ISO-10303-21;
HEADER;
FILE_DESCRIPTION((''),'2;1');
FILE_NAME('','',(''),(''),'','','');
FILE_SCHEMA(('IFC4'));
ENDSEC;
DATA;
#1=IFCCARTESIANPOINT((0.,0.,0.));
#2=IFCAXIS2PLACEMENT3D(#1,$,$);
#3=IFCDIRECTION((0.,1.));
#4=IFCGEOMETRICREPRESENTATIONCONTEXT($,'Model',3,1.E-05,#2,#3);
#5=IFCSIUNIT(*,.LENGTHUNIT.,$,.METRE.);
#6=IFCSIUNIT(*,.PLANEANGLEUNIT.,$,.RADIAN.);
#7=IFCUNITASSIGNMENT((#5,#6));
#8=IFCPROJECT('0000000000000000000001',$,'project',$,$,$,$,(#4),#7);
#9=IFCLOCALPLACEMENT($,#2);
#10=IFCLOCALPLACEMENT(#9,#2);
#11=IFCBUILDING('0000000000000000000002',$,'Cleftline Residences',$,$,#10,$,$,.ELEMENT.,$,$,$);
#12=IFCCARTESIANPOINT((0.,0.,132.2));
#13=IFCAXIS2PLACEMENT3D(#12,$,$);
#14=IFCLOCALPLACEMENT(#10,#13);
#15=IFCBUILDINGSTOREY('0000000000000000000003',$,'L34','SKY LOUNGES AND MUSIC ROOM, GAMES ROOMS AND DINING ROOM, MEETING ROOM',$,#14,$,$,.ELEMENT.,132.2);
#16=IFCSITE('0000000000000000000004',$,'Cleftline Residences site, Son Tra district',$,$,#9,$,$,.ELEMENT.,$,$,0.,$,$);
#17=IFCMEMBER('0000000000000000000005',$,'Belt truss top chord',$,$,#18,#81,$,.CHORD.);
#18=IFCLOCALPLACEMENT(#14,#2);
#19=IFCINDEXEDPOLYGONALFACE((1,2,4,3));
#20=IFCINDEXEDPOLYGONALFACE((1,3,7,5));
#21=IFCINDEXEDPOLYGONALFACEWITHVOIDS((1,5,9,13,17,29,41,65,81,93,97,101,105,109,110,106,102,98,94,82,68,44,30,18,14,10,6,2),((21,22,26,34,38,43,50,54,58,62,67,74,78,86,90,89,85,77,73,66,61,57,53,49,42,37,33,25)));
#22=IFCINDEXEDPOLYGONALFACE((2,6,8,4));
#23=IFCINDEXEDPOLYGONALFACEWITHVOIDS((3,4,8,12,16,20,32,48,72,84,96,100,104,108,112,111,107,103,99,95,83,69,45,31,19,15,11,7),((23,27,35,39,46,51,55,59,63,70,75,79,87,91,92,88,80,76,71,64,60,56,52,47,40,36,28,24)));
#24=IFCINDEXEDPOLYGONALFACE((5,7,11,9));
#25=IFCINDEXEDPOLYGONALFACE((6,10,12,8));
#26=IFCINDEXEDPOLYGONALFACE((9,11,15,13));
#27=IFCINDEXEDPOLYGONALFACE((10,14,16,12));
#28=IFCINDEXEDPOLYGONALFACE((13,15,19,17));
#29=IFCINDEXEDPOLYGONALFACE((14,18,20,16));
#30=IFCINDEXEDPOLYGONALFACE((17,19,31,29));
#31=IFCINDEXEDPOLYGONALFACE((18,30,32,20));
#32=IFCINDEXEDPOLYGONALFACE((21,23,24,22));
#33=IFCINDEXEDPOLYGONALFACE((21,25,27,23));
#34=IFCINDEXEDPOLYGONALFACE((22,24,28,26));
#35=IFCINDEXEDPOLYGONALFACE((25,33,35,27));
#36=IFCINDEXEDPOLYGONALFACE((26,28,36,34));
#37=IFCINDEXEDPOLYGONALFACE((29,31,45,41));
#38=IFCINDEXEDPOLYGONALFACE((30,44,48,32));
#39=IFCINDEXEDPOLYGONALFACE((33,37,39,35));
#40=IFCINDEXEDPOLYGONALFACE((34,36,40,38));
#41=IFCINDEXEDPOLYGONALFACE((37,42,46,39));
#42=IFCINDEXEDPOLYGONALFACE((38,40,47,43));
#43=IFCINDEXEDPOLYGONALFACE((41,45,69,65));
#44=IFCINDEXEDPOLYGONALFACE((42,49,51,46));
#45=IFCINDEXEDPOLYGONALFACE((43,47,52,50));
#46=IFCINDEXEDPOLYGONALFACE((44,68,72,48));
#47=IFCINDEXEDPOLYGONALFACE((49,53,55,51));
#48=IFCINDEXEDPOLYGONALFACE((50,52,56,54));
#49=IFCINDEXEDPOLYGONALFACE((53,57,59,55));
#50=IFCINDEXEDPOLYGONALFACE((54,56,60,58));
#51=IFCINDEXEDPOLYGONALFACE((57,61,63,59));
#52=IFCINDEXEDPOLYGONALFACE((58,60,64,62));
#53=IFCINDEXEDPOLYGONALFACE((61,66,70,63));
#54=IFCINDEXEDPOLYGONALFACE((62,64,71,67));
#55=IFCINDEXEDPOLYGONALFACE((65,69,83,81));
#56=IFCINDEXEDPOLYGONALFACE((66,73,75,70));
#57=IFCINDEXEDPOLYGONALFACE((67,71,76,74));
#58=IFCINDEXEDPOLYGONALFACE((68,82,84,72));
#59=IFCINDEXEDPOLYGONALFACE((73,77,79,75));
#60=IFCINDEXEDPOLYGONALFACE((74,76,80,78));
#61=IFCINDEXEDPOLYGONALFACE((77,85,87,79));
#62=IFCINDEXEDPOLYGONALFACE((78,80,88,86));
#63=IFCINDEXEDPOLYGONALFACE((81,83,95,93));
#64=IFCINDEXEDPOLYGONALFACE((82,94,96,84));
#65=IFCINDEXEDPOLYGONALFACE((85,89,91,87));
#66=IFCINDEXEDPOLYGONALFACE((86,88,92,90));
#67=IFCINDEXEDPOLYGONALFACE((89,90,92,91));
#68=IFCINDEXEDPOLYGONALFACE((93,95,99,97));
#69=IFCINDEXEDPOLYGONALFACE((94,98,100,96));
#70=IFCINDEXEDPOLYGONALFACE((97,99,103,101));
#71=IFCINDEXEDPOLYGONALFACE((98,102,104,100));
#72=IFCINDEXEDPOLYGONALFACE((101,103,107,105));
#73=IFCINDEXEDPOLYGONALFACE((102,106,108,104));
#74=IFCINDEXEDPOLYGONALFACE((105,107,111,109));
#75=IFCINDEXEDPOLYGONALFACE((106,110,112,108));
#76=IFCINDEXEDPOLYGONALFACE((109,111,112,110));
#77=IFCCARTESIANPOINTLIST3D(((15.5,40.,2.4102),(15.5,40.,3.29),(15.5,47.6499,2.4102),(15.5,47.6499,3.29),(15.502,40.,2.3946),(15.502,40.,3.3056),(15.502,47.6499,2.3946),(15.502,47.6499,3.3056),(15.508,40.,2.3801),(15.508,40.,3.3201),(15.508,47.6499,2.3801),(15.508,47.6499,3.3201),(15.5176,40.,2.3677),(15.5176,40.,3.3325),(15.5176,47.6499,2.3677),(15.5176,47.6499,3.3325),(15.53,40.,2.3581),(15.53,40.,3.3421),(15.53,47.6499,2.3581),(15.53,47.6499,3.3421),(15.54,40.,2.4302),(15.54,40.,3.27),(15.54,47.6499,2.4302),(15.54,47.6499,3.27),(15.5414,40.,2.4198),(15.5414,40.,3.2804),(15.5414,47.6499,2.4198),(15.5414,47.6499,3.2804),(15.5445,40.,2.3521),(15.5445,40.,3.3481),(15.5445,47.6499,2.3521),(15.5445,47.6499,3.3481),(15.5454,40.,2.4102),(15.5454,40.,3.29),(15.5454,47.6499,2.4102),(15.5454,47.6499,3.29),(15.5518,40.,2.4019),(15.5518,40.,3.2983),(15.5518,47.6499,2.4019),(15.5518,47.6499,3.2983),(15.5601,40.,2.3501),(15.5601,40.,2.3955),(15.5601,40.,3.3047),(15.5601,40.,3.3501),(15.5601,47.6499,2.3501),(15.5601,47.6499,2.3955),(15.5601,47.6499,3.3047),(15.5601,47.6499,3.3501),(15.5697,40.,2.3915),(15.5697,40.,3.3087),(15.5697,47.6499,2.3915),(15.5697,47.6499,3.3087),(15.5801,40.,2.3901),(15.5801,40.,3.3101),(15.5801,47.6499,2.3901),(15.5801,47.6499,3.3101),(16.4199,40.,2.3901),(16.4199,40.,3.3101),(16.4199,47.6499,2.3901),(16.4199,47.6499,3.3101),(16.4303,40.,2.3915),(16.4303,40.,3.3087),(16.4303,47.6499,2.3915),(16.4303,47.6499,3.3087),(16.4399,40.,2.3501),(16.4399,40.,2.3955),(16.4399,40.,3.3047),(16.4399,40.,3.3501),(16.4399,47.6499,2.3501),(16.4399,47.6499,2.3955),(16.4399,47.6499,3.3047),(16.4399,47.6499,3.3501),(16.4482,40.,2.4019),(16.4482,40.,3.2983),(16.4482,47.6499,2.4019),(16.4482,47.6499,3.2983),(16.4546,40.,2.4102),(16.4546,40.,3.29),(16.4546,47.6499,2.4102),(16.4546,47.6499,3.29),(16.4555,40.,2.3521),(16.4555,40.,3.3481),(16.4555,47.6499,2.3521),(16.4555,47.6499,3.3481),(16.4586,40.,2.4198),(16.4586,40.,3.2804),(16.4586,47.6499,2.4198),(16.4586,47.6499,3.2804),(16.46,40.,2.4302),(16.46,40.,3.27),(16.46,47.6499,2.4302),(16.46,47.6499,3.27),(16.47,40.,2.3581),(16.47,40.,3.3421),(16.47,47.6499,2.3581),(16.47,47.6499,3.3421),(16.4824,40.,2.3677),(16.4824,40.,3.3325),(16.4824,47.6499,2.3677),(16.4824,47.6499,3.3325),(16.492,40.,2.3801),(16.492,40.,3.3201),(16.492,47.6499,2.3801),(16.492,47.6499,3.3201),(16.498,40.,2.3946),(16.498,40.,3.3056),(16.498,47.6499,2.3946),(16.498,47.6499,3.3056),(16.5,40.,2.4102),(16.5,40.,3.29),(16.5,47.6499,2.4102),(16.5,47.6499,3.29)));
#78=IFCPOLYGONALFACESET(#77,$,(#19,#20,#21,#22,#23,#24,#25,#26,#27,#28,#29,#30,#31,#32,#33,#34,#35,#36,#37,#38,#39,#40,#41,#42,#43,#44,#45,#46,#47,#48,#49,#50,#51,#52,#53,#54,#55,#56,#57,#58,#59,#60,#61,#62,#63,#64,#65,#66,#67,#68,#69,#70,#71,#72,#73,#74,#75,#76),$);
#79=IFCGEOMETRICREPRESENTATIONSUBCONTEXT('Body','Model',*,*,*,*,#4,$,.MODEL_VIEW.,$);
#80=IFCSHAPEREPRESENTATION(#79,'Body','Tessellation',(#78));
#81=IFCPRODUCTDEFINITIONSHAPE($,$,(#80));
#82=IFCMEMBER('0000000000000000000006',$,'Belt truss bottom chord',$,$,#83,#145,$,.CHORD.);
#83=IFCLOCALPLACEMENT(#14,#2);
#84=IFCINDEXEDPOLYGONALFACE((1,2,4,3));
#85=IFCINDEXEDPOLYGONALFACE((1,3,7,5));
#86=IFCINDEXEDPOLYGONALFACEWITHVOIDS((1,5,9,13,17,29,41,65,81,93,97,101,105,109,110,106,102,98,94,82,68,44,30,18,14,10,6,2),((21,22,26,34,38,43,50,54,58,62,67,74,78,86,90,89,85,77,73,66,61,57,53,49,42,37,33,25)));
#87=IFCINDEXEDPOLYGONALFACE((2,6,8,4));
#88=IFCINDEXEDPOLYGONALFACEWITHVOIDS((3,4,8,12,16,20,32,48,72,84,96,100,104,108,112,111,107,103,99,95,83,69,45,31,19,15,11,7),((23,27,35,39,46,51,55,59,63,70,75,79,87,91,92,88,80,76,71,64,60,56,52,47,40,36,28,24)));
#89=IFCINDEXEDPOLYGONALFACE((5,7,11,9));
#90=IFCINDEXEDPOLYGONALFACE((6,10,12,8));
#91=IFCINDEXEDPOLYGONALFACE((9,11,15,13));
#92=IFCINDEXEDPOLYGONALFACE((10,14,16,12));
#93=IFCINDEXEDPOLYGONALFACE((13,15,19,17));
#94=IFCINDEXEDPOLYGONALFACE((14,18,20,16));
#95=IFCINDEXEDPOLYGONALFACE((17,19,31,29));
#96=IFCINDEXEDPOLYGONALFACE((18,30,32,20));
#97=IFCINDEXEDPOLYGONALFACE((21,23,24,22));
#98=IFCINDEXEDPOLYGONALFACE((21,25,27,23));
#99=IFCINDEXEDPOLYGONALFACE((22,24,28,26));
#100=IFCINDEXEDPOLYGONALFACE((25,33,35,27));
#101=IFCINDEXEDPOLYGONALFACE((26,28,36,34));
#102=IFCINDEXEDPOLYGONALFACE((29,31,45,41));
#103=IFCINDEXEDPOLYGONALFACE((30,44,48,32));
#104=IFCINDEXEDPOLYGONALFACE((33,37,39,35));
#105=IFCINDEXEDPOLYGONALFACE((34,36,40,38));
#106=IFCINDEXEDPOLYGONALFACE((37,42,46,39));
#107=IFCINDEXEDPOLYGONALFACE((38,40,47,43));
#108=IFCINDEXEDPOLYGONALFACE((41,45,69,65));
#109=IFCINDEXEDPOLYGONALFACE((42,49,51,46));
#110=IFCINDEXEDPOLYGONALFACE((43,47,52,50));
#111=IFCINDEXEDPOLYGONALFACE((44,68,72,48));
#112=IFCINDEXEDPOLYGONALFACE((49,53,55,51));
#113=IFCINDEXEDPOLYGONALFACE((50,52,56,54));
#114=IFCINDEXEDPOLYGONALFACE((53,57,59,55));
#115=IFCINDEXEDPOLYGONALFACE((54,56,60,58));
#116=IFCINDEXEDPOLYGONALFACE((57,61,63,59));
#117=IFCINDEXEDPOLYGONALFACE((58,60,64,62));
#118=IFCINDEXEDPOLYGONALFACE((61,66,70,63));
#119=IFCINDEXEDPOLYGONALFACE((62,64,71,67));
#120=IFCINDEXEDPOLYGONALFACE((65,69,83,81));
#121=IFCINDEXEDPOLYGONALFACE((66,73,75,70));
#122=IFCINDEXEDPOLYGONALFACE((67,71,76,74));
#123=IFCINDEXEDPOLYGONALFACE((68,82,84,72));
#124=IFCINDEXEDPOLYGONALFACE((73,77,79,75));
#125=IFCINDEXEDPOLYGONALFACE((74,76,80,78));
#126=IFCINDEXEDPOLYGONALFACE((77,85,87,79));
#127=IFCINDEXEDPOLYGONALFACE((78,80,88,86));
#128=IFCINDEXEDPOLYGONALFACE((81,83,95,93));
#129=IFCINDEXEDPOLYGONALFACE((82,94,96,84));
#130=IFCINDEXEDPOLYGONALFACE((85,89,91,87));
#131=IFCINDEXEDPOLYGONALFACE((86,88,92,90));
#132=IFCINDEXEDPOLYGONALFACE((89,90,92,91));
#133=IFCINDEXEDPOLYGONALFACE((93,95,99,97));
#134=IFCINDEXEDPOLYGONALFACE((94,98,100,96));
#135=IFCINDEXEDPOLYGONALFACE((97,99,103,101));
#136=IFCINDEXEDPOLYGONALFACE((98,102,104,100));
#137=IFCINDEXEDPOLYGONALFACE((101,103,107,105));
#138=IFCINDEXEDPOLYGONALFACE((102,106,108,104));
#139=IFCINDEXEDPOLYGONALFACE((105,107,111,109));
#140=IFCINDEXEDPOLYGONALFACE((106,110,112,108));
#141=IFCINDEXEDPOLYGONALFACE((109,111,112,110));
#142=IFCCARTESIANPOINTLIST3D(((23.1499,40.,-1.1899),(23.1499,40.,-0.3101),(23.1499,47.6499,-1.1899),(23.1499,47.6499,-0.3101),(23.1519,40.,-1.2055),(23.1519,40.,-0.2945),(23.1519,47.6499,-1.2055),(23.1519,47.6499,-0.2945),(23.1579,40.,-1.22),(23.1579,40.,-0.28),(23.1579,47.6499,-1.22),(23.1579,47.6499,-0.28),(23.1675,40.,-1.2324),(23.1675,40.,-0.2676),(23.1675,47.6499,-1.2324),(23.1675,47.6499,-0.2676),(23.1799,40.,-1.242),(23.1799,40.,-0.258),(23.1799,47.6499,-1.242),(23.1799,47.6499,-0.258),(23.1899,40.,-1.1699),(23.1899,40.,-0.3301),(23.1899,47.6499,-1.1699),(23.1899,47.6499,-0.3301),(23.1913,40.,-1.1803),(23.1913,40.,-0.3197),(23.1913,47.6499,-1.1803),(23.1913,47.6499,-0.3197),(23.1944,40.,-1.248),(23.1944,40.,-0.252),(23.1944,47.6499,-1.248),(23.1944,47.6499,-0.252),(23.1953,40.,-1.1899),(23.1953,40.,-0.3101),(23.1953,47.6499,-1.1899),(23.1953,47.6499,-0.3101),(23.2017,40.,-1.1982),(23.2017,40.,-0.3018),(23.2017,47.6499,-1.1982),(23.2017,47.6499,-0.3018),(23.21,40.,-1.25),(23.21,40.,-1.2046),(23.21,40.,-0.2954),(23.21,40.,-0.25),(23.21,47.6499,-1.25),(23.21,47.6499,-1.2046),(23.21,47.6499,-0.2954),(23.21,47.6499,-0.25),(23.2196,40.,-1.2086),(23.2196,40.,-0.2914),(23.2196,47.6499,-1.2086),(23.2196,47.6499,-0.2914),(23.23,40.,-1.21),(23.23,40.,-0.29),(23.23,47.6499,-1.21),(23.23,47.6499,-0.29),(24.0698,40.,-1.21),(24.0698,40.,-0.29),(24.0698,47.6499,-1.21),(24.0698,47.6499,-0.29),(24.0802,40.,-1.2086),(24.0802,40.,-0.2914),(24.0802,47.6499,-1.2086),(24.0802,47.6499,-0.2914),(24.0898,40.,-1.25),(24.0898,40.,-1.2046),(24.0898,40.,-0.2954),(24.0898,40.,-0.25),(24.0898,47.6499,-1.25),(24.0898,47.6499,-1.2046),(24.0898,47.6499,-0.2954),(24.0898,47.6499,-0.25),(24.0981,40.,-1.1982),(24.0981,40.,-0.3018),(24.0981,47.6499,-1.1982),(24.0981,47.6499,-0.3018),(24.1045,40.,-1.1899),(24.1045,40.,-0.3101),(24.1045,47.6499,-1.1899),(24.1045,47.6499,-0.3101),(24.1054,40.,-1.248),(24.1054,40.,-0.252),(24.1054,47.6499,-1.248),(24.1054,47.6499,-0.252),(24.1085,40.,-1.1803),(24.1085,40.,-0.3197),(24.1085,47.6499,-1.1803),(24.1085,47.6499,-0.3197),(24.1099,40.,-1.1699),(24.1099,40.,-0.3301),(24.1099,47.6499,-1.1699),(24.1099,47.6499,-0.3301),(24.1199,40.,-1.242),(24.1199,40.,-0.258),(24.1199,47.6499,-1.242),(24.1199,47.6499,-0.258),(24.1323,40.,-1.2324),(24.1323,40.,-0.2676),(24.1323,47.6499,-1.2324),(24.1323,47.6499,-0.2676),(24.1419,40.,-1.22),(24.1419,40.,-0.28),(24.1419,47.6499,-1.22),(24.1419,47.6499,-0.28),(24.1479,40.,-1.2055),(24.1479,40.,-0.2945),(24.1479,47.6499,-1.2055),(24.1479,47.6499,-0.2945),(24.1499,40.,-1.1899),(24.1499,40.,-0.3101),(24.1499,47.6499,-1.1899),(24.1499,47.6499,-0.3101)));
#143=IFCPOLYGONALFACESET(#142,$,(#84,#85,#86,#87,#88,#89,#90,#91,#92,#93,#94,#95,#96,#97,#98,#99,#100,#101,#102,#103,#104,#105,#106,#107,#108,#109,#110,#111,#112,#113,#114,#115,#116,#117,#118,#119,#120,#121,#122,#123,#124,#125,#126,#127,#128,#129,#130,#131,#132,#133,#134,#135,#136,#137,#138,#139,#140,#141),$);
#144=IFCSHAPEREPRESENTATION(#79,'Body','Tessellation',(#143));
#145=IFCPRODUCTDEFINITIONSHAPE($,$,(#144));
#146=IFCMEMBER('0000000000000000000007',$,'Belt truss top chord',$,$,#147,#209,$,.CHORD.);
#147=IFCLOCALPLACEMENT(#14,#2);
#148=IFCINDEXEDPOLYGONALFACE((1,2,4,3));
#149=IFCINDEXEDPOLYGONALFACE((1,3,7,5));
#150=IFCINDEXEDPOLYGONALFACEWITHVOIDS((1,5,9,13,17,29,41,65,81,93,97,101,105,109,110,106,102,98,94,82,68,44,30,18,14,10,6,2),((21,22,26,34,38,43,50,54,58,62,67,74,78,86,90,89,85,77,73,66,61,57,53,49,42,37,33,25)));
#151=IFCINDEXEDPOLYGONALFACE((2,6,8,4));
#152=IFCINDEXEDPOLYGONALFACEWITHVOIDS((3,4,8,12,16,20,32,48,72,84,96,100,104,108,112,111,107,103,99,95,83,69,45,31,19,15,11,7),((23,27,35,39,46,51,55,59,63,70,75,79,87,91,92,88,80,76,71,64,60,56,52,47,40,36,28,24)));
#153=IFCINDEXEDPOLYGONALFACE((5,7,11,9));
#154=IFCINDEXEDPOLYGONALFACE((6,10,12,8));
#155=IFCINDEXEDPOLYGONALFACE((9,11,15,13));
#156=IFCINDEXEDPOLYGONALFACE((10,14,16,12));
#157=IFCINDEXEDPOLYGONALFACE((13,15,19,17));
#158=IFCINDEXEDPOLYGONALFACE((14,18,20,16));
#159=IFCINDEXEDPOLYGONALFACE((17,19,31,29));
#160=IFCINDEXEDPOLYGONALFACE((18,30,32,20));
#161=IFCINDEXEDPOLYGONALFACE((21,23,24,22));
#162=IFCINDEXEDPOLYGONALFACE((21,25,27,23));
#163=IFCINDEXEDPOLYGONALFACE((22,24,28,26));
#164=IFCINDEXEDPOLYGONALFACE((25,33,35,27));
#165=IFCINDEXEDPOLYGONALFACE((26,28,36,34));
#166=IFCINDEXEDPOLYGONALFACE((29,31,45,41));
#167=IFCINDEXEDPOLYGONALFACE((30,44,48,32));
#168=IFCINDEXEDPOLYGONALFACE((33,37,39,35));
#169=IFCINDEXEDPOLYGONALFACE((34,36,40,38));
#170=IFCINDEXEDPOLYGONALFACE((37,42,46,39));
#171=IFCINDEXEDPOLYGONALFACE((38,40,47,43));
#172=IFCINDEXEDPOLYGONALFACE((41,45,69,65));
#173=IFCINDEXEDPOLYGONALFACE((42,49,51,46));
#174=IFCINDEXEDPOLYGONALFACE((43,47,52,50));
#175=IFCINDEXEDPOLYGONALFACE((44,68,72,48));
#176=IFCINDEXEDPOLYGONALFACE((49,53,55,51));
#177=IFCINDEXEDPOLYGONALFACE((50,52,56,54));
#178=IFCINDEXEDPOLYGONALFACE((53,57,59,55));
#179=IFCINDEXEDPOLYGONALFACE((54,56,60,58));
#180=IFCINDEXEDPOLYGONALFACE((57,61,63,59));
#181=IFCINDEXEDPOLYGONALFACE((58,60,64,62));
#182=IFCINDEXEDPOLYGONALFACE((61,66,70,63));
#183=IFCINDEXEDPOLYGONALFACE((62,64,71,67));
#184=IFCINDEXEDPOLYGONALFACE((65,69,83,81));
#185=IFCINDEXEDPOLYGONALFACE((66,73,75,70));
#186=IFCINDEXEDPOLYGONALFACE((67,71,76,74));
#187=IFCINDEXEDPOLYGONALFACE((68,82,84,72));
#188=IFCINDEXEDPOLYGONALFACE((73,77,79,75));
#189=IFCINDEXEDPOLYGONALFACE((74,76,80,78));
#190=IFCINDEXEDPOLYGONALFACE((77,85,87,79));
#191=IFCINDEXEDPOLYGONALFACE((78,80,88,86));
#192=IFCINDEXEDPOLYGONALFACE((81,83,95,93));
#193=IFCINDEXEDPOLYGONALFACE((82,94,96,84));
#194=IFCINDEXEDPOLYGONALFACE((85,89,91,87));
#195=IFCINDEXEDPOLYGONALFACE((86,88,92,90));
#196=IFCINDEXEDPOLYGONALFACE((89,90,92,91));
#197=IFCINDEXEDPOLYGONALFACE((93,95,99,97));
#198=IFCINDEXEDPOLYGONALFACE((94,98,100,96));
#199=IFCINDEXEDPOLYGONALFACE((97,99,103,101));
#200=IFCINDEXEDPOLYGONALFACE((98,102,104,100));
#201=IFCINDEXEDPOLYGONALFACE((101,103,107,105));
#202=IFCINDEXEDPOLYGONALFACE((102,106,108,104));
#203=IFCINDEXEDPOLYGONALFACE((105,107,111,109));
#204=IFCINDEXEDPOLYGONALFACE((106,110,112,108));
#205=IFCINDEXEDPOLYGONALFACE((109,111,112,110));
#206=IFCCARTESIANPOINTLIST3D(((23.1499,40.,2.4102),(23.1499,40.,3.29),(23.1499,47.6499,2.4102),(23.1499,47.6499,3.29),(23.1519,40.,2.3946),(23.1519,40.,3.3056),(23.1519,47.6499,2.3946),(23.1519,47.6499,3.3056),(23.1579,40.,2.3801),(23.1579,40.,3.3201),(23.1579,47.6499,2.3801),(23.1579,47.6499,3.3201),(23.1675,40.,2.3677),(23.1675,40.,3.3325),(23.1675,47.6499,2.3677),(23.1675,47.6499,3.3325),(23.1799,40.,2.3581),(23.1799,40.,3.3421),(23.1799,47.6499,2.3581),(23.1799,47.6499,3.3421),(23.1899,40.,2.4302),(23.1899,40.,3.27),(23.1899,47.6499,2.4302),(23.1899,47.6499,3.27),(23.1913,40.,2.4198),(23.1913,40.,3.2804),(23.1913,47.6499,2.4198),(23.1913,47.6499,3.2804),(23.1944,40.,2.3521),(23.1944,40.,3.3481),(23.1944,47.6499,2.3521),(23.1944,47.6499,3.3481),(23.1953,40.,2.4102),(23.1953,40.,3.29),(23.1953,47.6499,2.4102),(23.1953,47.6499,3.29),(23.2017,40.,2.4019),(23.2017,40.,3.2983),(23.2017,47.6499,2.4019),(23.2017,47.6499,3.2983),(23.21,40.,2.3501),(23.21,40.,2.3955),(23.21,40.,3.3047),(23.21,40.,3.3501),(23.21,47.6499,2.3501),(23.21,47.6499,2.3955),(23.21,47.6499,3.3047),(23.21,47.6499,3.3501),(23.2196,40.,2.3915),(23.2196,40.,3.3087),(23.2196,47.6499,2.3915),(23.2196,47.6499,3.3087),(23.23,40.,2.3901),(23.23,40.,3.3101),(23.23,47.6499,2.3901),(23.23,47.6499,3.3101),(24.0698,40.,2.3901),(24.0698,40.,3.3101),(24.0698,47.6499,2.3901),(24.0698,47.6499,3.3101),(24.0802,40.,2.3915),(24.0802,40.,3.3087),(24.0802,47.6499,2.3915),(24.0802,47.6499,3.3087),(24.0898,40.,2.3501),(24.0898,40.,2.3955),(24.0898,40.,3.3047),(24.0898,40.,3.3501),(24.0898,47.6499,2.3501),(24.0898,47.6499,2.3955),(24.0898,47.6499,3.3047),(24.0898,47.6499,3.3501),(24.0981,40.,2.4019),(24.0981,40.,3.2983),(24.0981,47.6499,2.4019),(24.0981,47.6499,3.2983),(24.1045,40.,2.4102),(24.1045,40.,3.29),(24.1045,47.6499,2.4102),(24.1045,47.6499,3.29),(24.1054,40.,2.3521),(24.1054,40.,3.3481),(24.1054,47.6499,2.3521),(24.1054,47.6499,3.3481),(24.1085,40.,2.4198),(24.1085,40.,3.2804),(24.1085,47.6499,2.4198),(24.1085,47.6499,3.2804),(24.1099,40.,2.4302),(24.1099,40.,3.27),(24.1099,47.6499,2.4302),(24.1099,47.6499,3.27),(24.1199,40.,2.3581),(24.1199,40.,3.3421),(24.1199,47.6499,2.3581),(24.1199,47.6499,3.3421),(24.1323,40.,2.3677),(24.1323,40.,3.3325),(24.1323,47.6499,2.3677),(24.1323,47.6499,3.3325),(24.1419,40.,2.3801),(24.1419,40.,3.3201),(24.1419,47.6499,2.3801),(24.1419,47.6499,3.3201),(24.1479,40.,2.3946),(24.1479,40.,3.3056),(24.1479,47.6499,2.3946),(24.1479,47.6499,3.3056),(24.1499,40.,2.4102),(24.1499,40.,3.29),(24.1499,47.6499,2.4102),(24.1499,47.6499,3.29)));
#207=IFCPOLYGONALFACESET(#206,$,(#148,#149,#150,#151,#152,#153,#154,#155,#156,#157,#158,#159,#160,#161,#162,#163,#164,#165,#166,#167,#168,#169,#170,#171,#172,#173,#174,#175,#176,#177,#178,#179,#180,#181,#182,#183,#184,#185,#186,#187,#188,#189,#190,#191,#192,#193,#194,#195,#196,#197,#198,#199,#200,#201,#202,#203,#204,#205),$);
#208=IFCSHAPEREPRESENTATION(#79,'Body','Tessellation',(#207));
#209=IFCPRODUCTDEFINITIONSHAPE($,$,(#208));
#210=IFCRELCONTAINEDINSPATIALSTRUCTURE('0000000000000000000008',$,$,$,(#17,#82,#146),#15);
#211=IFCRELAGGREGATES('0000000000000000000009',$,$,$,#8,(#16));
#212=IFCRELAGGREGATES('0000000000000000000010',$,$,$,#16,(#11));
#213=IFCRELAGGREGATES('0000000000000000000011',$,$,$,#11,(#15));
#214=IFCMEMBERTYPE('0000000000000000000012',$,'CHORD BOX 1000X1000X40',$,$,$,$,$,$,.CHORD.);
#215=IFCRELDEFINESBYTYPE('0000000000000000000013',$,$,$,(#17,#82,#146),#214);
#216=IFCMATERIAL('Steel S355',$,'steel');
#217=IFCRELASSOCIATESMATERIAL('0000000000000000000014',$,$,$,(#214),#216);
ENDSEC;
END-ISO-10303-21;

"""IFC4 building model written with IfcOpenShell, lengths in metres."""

from ifc_helpers import new_model, si_unit, direction, frame, origin, origin_2d, place, context, subcontext, project, spatial, hollow_rectangle, extrude, material, material_profile, profile_set, type_object, element, save


model = new_model("IFC4")

# Units and contexts
model_context = context("Model", 3, precision=1e-05, world=origin(), true_north=direction((0.0, 1.0)))
body_context = subcontext(model_context, "Body", "Model", "MODEL_VIEW")
ifc_project = project(units=[si_unit("LENGTHUNIT", "METRE"), si_unit("PLANEANGLEUNIT", "RADIAN")], contexts=[model_context])

# Site, building, storey
site_placement = place(None, origin())
site = spatial("IfcSite", under=ifc_project, at=site_placement, Name="Cleftline Residences site, Son Tra district", CompositionType="ELEMENT", RefElevation=0.0)
building_placement = place(site_placement, origin())
building = spatial("IfcBuilding", under=site, at=building_placement, Name="Cleftline Residences", CompositionType="ELEMENT")
storey_placement = place(building_placement, frame((0.0, 0.0, 132.2)))
storey = spatial("IfcBuildingStorey", under=building, at=storey_placement, Name="L34", Description="SKY LOUNGES AND MUSIC ROOM, GAMES ROOMS AND DINING ROOM, MEETING ROOM", CompositionType="ELEMENT", Elevation=132.2)

# Members
ifc_material_1 = material(Name="Steel S355", Category="steel")
ifc_material_profile_1 = material_profile(ifc_material_1, hollow_rectangle(XDim=1.0, YDim=1.0, WallThickness=0.04, InnerFilletRadius=0.04, OuterFilletRadius=0.0601, at=origin_2d()))
ifc_profile_set_1 = profile_set([ifc_material_profile_1], Name="Steel S355")
member_type_1 = type_object("IfcMemberType", Name="CHORD BOX 1000X1000X40", PredefinedType="CHORD", material=ifc_profile_set_1)
for number, where, z_axis, x_axis, name in (
    (1, (16.0, 40.0, 2.8501), (0.0, 1.0, 0.0), (-1.0, 0.0, 0.0), "Belt truss top chord"),
    (2, (23.6499, 40.0, -0.75), (0.0, 1.0, 0.0), (-1.0, 0.0, 0.0), "Belt truss bottom chord"),
    (3, (23.6499, 40.0, 2.8501), (0.0, 1.0, 0.0), (-1.0, 0.0, 0.0), "Belt truss top chord"),
):
    element("IfcMember", number, at=place(storey_placement, frame(where, z_axis=z_axis, x_axis=x_axis)), inside=storey, type_object=member_type_1, Name=name, PredefinedType="CHORD", context=body_context, shape_type="SweptSolid", body=[
        extrude(hollow_rectangle(XDim=1.0, YDim=1.0, WallThickness=0.04, InnerFilletRadius=0.04, OuterFilletRadius=0.0601, at=origin_2d()), origin(), (0.0, 0.0, 1.0), 7.6499),
    ])

save(model, "model.ifc")
